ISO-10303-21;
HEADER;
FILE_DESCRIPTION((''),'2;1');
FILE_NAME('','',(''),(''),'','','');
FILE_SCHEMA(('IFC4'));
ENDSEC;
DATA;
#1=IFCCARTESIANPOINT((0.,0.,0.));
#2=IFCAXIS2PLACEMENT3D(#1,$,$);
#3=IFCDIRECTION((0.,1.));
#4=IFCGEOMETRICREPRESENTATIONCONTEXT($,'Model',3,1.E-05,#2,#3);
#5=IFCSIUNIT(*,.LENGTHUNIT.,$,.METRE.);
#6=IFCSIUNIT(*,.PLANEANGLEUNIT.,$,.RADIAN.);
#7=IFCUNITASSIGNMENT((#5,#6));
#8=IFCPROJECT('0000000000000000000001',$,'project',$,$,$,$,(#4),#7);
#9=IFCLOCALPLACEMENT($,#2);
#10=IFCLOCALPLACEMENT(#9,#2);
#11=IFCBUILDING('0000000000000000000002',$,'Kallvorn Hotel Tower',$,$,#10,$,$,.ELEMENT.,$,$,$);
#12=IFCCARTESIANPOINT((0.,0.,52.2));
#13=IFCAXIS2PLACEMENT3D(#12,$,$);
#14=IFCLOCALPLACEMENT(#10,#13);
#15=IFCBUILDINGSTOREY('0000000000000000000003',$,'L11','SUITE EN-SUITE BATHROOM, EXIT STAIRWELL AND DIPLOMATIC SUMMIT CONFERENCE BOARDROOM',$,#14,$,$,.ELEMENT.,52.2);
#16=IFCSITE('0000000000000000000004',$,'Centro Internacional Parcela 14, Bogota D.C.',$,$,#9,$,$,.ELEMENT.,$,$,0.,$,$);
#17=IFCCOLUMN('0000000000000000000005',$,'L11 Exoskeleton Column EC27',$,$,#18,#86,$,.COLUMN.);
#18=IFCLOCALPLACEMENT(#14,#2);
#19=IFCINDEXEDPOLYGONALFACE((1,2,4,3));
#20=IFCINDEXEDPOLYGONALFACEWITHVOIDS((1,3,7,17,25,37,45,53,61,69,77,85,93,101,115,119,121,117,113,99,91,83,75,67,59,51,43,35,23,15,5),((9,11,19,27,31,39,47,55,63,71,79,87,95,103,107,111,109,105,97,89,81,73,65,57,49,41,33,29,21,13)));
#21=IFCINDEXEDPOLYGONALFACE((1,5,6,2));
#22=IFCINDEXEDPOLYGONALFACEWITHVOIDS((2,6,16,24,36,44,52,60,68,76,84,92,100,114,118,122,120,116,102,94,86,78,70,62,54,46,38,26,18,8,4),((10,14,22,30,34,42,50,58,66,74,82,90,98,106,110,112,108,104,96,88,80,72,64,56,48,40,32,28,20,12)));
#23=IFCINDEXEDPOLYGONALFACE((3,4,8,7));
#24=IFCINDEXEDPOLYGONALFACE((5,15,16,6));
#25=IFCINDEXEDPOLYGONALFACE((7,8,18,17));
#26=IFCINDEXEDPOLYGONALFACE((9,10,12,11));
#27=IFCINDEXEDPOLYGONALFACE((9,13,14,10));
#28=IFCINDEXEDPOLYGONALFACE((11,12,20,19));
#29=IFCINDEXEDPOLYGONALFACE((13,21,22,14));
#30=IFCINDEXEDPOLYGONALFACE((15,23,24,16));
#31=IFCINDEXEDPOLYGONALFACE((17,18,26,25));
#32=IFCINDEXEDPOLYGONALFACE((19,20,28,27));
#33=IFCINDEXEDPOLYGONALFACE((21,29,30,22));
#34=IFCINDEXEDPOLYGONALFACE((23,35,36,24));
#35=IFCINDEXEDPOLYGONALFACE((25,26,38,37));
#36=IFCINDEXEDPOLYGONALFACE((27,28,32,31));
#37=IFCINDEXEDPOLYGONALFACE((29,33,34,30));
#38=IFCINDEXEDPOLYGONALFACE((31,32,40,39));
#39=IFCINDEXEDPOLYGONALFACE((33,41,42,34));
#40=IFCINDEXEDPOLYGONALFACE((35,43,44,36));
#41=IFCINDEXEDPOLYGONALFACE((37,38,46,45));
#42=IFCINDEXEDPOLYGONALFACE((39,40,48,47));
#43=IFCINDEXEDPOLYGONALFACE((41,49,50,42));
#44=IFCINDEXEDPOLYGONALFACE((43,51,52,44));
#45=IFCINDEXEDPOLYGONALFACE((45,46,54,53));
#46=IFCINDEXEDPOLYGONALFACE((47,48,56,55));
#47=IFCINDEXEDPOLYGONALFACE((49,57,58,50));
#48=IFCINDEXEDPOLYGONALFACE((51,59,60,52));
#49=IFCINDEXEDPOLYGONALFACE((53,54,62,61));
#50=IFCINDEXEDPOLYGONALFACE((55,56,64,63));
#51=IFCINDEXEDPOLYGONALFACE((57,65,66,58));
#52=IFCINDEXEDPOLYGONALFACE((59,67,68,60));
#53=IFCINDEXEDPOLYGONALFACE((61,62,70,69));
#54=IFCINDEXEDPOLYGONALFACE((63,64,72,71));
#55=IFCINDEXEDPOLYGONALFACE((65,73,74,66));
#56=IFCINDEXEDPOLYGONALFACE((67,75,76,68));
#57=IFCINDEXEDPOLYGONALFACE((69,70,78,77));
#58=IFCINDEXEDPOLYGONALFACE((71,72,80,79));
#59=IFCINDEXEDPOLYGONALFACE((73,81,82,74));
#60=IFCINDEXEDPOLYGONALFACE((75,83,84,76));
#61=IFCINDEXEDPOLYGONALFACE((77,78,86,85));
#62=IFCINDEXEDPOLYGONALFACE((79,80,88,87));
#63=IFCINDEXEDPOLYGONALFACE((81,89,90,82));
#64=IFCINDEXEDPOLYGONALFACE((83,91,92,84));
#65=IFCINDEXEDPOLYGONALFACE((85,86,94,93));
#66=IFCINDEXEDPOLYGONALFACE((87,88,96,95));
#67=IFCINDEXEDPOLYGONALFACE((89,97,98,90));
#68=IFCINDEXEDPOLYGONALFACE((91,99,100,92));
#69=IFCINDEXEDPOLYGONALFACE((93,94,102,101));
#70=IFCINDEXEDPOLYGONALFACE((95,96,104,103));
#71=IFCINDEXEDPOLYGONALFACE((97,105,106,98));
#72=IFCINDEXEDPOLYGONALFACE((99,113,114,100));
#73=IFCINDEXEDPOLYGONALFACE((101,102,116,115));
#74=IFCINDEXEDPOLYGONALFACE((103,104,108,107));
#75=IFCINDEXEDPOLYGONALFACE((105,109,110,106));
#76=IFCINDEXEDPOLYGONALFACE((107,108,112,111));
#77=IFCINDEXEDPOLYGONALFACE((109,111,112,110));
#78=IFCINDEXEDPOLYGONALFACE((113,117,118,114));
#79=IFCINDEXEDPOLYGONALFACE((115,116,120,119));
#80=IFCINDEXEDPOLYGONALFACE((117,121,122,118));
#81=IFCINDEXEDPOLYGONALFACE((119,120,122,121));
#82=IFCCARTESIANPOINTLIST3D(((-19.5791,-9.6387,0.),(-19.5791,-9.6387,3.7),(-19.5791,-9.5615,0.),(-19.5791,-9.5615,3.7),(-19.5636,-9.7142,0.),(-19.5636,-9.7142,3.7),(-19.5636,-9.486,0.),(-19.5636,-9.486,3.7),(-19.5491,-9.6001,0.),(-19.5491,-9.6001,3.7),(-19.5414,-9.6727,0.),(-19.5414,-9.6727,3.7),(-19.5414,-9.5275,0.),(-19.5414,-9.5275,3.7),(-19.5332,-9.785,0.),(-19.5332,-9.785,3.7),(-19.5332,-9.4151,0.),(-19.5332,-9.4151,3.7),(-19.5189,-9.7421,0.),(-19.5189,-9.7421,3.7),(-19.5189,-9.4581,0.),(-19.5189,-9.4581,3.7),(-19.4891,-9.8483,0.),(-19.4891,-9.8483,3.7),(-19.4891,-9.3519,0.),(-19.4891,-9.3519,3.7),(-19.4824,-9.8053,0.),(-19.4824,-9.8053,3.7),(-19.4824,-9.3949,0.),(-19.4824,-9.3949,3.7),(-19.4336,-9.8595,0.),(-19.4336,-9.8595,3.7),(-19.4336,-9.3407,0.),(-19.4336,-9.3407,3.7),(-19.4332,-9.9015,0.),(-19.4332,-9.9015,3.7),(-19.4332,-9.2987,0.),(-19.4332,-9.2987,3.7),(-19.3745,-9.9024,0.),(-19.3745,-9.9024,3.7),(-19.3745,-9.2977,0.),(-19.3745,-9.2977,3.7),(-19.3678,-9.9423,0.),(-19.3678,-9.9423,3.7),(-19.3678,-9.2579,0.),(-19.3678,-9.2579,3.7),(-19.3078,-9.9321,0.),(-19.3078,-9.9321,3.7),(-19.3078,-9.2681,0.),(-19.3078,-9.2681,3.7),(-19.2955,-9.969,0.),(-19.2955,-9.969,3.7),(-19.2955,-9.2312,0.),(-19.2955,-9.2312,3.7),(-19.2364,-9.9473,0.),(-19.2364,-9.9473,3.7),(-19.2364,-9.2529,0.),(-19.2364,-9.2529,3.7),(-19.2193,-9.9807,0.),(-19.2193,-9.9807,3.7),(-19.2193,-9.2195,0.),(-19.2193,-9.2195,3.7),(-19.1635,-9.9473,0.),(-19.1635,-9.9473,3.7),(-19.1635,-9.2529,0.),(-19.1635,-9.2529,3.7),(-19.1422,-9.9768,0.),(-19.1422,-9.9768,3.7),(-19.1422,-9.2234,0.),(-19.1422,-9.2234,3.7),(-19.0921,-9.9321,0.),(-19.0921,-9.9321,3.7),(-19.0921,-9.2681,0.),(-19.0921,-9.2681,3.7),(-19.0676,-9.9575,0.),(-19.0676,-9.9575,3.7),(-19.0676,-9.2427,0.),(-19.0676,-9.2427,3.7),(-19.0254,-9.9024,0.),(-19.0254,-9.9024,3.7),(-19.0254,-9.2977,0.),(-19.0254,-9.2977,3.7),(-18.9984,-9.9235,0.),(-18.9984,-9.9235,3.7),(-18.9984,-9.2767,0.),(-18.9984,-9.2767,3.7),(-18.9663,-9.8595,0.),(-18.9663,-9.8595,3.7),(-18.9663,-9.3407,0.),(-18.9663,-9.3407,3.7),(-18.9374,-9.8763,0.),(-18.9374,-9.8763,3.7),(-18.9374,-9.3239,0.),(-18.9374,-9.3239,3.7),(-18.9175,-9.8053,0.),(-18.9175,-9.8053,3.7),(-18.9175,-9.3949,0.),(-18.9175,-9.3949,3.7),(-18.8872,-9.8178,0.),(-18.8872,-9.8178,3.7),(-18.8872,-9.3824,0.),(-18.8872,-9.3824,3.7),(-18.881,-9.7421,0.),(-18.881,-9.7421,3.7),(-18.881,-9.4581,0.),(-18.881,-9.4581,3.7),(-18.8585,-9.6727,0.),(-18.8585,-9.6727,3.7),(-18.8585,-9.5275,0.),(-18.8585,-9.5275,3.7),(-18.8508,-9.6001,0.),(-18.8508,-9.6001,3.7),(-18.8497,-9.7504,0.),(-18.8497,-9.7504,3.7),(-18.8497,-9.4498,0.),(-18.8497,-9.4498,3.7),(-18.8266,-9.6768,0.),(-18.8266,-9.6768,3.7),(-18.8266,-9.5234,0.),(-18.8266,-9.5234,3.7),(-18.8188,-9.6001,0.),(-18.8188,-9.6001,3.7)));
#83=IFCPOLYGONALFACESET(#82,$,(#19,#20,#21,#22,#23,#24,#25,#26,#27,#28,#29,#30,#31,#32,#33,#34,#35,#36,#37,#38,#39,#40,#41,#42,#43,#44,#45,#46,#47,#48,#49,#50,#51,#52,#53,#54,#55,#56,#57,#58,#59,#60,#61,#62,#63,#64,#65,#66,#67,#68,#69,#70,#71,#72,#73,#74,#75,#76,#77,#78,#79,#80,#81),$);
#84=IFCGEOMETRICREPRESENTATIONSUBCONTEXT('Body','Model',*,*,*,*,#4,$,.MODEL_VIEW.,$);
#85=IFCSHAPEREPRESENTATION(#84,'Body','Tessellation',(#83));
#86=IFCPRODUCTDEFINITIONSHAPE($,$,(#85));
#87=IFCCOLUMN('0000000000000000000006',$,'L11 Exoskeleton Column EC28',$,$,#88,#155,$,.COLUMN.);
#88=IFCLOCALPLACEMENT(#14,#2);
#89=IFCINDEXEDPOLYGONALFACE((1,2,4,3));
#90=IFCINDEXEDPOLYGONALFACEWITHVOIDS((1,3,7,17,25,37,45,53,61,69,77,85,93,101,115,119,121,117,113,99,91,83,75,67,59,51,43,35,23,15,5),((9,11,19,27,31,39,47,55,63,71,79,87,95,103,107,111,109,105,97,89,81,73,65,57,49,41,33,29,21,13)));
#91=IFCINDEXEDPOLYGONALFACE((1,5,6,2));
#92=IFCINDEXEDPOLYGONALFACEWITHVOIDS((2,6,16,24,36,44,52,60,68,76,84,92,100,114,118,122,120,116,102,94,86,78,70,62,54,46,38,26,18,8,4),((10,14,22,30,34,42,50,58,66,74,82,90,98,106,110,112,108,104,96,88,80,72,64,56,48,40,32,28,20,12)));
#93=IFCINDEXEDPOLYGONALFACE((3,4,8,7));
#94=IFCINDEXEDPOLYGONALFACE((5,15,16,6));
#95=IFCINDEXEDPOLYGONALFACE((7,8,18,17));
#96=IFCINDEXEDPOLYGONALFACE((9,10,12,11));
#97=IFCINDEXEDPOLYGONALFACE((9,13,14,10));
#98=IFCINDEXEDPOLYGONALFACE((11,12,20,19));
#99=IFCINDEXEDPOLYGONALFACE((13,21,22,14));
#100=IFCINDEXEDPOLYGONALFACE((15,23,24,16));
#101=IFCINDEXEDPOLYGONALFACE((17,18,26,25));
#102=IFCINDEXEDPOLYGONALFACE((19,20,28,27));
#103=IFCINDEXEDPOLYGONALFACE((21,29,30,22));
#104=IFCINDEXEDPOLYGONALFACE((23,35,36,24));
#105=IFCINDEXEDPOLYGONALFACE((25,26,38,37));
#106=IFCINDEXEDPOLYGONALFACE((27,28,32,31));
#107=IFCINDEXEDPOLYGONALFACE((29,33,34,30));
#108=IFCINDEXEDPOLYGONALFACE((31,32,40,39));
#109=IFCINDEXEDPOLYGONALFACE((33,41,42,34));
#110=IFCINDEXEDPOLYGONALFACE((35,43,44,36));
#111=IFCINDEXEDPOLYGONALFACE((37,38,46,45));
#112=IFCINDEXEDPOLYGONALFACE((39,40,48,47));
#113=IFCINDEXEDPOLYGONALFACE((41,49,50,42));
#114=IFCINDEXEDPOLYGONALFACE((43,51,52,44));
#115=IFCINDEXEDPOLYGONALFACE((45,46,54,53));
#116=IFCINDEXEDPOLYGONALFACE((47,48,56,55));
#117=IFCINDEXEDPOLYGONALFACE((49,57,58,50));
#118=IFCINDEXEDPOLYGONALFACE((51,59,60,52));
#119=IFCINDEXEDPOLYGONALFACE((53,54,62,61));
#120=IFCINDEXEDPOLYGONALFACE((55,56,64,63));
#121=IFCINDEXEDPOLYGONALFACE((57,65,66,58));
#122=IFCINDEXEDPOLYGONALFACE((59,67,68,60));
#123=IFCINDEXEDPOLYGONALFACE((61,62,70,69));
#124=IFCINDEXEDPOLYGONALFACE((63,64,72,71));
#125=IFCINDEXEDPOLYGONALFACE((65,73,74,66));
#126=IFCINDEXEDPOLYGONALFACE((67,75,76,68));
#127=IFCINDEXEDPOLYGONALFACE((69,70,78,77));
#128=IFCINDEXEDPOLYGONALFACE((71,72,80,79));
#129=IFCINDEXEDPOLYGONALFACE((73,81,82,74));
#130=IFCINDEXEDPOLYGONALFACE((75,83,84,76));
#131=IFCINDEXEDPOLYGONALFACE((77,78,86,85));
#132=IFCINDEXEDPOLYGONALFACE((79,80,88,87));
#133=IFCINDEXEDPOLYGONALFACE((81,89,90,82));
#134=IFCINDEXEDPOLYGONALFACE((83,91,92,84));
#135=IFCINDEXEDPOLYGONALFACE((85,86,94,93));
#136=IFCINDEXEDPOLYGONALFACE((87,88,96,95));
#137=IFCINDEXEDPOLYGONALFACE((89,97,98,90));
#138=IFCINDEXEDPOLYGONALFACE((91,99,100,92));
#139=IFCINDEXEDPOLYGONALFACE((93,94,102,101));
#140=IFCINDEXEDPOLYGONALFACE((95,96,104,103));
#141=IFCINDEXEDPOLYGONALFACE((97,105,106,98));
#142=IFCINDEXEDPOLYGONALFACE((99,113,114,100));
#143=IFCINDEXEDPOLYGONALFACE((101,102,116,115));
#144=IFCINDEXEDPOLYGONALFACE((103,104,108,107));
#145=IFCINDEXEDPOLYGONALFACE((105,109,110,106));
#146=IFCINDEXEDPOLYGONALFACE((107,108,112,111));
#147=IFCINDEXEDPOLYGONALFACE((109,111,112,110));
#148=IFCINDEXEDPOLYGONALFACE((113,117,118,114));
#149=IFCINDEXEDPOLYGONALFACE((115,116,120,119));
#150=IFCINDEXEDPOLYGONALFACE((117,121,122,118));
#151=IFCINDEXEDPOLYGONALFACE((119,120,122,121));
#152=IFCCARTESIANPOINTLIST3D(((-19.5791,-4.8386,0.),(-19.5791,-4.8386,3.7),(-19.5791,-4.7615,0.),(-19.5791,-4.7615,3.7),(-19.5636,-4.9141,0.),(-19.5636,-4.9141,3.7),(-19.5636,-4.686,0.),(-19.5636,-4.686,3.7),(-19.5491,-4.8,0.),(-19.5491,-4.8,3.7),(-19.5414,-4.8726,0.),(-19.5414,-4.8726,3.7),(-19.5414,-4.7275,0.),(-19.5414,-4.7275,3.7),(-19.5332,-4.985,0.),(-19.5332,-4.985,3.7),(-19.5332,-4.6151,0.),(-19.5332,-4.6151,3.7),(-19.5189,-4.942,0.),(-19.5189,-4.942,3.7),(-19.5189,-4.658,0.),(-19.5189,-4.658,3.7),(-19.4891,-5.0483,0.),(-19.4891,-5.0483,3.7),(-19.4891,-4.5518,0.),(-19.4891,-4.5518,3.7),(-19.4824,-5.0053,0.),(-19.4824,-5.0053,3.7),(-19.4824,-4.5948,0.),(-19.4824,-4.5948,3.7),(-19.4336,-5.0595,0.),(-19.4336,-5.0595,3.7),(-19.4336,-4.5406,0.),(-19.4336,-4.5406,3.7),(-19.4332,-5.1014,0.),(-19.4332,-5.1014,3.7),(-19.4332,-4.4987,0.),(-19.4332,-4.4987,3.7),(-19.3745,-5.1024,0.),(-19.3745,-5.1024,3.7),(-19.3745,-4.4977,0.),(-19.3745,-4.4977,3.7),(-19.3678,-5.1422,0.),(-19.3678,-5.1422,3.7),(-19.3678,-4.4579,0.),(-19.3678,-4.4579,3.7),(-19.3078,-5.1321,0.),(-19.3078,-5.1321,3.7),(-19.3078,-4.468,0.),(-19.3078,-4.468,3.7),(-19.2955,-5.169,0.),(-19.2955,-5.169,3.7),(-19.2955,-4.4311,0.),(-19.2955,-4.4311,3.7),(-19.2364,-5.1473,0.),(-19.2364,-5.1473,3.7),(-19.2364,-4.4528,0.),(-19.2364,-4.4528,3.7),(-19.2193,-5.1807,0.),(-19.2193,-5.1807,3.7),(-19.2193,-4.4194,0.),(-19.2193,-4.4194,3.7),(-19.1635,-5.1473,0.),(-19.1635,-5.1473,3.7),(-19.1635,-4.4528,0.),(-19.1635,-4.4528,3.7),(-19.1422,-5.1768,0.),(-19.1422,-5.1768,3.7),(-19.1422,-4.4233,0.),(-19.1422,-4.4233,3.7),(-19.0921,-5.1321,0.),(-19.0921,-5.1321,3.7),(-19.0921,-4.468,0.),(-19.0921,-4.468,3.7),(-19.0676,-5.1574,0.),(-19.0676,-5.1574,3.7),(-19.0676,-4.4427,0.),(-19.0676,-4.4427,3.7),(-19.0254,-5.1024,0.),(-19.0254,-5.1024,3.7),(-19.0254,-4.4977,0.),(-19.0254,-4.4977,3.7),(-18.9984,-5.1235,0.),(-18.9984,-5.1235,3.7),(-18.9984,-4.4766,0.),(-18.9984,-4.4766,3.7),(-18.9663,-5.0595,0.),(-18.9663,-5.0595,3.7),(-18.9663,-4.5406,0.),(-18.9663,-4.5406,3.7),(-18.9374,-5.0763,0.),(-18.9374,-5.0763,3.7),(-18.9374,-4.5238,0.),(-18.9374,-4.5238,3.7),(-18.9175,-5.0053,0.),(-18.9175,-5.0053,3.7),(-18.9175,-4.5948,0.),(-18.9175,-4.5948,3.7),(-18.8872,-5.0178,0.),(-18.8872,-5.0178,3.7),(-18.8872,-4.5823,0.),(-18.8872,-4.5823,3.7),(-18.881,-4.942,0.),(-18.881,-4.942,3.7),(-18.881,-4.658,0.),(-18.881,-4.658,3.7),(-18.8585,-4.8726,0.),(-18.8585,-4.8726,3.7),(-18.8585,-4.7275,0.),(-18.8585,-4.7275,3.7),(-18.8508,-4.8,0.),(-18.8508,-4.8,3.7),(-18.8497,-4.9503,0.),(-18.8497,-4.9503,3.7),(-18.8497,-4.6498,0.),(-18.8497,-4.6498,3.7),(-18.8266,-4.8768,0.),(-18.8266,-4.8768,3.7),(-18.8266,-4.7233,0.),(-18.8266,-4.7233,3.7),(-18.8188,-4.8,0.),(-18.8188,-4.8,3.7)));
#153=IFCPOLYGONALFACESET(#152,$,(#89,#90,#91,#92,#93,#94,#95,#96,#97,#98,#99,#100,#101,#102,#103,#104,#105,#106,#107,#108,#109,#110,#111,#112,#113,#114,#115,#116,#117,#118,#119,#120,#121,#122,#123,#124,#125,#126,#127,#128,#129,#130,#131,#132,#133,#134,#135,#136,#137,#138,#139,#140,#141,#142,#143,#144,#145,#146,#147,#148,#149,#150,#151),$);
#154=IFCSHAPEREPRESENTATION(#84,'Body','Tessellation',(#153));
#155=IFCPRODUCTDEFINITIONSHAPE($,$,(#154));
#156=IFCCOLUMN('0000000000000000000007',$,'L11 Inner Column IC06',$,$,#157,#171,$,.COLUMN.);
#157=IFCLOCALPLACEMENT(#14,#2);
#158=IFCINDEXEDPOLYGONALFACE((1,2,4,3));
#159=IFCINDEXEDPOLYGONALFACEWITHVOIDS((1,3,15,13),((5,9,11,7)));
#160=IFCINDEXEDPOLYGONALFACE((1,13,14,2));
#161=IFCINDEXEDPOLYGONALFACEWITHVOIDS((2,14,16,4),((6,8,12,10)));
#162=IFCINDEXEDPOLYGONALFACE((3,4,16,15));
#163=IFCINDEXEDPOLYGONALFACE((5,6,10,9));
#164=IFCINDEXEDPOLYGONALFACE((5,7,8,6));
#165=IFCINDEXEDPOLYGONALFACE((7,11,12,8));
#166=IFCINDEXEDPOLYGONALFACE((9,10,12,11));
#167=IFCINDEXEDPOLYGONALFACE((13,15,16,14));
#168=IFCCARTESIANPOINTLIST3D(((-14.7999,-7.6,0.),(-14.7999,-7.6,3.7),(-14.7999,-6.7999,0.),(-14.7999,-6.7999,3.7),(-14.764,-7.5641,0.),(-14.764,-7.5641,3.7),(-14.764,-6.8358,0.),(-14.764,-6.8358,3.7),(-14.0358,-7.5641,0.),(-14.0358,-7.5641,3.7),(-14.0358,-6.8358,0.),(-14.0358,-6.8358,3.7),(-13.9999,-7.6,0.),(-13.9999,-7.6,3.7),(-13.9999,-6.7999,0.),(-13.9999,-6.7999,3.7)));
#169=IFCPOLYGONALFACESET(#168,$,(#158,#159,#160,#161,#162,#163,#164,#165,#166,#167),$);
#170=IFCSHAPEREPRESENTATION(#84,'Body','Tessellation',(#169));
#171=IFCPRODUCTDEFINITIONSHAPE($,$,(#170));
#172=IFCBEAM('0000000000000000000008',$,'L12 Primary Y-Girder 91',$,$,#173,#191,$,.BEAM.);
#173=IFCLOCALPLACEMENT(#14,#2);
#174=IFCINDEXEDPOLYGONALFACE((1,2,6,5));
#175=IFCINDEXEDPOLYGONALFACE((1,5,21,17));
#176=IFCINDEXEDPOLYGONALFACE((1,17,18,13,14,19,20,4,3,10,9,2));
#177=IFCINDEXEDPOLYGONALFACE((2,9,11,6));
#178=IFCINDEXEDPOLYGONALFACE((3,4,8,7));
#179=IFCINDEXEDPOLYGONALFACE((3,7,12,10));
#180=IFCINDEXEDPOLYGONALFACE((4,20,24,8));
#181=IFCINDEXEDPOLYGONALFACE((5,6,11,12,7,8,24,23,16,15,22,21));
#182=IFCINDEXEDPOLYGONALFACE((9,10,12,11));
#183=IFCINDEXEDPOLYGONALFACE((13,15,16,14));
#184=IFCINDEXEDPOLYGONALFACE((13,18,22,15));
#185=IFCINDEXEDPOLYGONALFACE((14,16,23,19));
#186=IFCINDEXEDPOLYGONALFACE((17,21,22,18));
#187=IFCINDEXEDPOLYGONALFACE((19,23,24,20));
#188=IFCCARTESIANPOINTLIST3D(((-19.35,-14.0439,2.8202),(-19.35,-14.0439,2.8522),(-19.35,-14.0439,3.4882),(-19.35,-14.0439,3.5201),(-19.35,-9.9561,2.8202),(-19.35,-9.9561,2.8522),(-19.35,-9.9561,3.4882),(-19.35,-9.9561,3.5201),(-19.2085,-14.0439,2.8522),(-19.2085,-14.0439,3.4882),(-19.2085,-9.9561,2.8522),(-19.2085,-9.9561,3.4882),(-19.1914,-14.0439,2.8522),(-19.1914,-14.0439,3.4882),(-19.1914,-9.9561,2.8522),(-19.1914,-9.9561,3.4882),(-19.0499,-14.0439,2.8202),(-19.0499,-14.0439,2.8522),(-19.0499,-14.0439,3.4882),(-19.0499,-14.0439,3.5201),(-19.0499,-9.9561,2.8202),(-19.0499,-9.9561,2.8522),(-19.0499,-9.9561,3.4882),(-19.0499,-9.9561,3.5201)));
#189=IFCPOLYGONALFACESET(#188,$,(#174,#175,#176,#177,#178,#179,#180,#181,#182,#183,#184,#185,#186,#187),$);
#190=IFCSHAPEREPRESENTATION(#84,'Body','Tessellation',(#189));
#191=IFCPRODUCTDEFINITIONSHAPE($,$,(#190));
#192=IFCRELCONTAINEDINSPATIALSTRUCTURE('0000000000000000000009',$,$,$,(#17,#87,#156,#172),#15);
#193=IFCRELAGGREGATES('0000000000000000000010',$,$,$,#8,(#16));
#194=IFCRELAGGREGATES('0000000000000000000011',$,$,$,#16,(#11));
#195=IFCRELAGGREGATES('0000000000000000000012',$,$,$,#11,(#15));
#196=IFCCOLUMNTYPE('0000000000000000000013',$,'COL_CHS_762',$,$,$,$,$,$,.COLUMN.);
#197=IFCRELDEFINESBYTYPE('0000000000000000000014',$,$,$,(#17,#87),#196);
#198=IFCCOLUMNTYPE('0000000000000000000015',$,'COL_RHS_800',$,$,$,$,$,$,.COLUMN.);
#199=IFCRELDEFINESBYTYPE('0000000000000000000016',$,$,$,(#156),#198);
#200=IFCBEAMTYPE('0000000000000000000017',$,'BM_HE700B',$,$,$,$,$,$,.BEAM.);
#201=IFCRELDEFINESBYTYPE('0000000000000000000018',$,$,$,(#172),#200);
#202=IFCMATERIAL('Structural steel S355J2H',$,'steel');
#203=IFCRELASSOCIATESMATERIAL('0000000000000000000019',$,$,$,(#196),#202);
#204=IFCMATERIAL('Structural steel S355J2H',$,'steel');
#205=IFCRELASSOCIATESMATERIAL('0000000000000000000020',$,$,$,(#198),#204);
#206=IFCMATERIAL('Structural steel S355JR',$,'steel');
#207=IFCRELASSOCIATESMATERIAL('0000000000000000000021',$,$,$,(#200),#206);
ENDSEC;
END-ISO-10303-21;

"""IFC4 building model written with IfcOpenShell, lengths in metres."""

from ifc_helpers import new_model, si_unit, direction, frame, origin, origin_2d, place, context, subcontext, project, spatial, hollow_rectangle, hollow_circle, i_section, extrude, material, material_profile, profile_set, type_object, element, save


model = new_model("IFC4")

# Units and contexts
model_context = context("Model", 3, precision=1e-05, world=origin(), true_north=direction((0.0, 1.0)))
body_context = subcontext(model_context, "Body", "Model", "MODEL_VIEW")
ifc_project = project(units=[si_unit("LENGTHUNIT", "METRE"), si_unit("PLANEANGLEUNIT", "RADIAN")], contexts=[model_context])

# Site, building, storey
site_placement = place(None, origin())
site = spatial("IfcSite", under=ifc_project, at=site_placement, Name="Centro Internacional Parcela 14, Bogota D.C.", CompositionType="ELEMENT", RefElevation=0.0)
building_placement = place(site_placement, origin())
building = spatial("IfcBuilding", under=site, at=building_placement, Name="Kallvorn Hotel Tower", CompositionType="ELEMENT")
storey_placement = place(building_placement, frame((0.0, 0.0, 52.2)))
storey = spatial("IfcBuildingStorey", under=building, at=storey_placement, Name="L11", Description="SUITE EN-SUITE BATHROOM, EXIT STAIRWELL AND DIPLOMATIC SUMMIT CONFERENCE BOARDROOM", CompositionType="ELEMENT", Elevation=52.2)

# Columns
ifc_material_1 = material(Name="Structural steel S355J2H", Category="steel")
ifc_material_profile_1 = material_profile(ifc_material_1, hollow_circle(Radius=0.3811, WallThickness=0.032, at=origin_2d()), Name="CHS 762x32")
ifc_profile_set_1 = profile_set([ifc_material_profile_1], Name="Structural steel S355J2H")
column_type_1 = type_object("IfcColumnType", Name="COL_CHS_762", PredefinedType="COLUMN", material=ifc_profile_set_1)
for number, where, z_axis, x_axis, name in (
    (1, (-19.2, -9.6001, 0.0), (0.0, 0.0, 1.0), (1.0, 0.0, 0.0), "L11 Exoskeleton Column EC27"),
    (2, (-19.2, -4.8, 0.0), (0.0, 0.0, 1.0), (1.0, 0.0, 0.0), "L11 Exoskeleton Column EC28"),
):
    element("IfcColumn", number, at=place(storey_placement, frame(where, z_axis=z_axis, x_axis=x_axis)), inside=storey, type_object=column_type_1, Name=name, PredefinedType="COLUMN", context=body_context, shape_type="SweptSolid", body=[
        extrude(hollow_circle(Radius=0.3811, WallThickness=0.032, at=origin_2d()), origin(), (0.0, 0.0, 1.0), 3.7),
    ])
ifc_material_2 = material(Name="Structural steel S355J2H", Category="steel")
ifc_material_profile_2 = material_profile(ifc_material_2, hollow_rectangle(XDim=0.8, YDim=0.8, WallThickness=0.0359, at=origin_2d()), Name="RHS 800x800x36")
ifc_profile_set_2 = profile_set([ifc_material_profile_2], Name="Structural steel S355J2H")
column_type_2 = type_object("IfcColumnType", Name="COL_RHS_800", PredefinedType="COLUMN", material=ifc_profile_set_2)
column_placement = place(storey_placement, frame((-14.3999, -7.2, 0.0), z_axis=(0.0, 0.0, 1.0), x_axis=(1.0, 0.0, 0.0)))
element("IfcColumn", 3, at=column_placement, inside=storey, type_object=column_type_2, Name="L11 Inner Column IC06", PredefinedType="COLUMN", context=body_context, shape_type="SweptSolid", body=[
    extrude(hollow_rectangle(XDim=0.8, YDim=0.8, WallThickness=0.0359, at=origin_2d()), origin(), (0.0, 0.0, 1.0), 3.7),
])

# Beam
ifc_material_3 = material(Name="Structural steel S355JR", Category="steel")
ifc_material_profile_3 = material_profile(ifc_material_3, i_section(OverallWidth=0.3, OverallDepth=0.7, WebThickness=0.0171, FlangeThickness=0.032, at=origin_2d()), Name="HE 700 B")
ifc_profile_set_3 = profile_set([ifc_material_profile_3], Name="Structural steel S355JR")
beam_type_1 = type_object("IfcBeamType", Name="BM_HE700B", PredefinedType="BEAM", material=ifc_profile_set_3)
beam_1_placement = place(storey_placement, frame((-19.2, -14.0439, 3.1702), z_axis=(0.0, 1.0, 0.0), x_axis=(-1.0, 0.0, 0.0)))
element("IfcBeam", 4, at=beam_1_placement, inside=storey, type_object=beam_type_1, Name="L12 Primary Y-Girder 91", PredefinedType="BEAM", context=body_context, shape_type="SweptSolid", body=[
    extrude(i_section(OverallWidth=0.3, OverallDepth=0.7, WebThickness=0.0171, FlangeThickness=0.032, at=origin_2d()), origin(), (0.0, 0.0, 1.0), 4.0879),
])

save(model, "model.ifc")
